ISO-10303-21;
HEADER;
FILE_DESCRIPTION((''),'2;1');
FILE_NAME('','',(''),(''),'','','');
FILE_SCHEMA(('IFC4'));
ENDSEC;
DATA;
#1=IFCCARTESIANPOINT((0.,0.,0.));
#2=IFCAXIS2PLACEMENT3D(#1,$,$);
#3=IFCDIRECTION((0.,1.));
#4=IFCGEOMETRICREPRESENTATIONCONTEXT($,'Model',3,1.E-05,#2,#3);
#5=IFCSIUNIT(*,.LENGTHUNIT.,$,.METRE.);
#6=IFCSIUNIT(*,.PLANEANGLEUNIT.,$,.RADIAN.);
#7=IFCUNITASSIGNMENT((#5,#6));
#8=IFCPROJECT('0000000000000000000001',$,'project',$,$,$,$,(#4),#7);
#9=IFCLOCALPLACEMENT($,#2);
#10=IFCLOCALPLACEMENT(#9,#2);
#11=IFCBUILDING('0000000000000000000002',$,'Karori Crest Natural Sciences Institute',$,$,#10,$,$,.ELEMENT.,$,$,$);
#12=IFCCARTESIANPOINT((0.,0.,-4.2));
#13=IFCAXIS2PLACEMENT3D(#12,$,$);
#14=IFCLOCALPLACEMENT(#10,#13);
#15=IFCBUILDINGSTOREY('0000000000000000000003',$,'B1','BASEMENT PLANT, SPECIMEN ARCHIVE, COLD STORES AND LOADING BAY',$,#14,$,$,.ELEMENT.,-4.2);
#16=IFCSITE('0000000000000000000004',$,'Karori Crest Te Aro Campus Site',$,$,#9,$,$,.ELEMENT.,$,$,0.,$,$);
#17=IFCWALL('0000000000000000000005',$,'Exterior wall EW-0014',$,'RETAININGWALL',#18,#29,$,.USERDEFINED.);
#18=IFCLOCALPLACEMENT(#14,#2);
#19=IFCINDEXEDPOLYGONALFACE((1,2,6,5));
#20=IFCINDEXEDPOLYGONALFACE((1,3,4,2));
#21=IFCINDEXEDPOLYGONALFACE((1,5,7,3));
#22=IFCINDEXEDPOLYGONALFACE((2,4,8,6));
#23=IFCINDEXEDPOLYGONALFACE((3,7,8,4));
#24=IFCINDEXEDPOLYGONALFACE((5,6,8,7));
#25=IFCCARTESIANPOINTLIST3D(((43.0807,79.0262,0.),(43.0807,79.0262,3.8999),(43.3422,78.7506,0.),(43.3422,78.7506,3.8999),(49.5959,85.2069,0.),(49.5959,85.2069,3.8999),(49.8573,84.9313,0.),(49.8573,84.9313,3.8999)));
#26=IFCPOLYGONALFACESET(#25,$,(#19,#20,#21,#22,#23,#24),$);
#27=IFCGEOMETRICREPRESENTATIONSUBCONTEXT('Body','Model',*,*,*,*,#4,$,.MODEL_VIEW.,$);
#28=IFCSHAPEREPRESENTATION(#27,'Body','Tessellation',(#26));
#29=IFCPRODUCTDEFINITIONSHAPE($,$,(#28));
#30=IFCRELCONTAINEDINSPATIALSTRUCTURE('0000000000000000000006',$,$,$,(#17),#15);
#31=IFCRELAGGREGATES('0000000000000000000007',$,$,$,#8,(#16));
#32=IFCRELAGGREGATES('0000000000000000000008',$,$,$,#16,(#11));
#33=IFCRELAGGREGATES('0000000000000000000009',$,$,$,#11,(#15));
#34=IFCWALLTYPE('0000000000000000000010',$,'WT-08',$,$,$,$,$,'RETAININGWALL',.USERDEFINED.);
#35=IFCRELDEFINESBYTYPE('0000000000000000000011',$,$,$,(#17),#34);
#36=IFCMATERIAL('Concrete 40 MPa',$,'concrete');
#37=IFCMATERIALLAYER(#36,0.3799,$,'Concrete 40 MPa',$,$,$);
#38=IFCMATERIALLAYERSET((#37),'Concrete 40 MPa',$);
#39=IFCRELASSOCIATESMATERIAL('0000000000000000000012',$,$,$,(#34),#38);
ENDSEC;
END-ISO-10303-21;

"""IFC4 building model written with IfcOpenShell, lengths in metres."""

from ifc_helpers import new_model, si_unit, direction, frame, frame_2d, origin, place, context, subcontext, project, spatial, rectangle, extrude, material, layer, layer_set, type_object, element, save


model = new_model("IFC4")

# Units and contexts
model_context = context("Model", 3, precision=1e-05, world=origin(), true_north=direction((0.0, 1.0)))
body_context = subcontext(model_context, "Body", "Model", "MODEL_VIEW")
ifc_project = project(units=[si_unit("LENGTHUNIT", "METRE"), si_unit("PLANEANGLEUNIT", "RADIAN")], contexts=[model_context])

# Site, building, storey
site_placement = place(None, origin())
site = spatial("IfcSite", under=ifc_project, at=site_placement, Name="Karori Crest Te Aro Campus Site", CompositionType="ELEMENT", RefElevation=0.0)
building_placement = place(site_placement, origin())
building = spatial("IfcBuilding", under=site, at=building_placement, Name="Karori Crest Natural Sciences Institute", CompositionType="ELEMENT")
storey_placement = place(building_placement, frame((0.0, 0.0, -4.2)))
storey = spatial("IfcBuildingStorey", under=building, at=storey_placement, Name="B1", Description="BASEMENT PLANT, SPECIMEN ARCHIVE, COLD STORES AND LOADING BAY", CompositionType="ELEMENT", Elevation=-4.2)

# Shared definitions
ifc_material_1 = material(Name="Concrete 40 MPa", Category="concrete")

# Wall
ifc_layer_1 = layer(ifc_material_1, 0.3799, Name="Concrete 40 MPa")
ifc_layer_set_1 = layer_set([ifc_layer_1], Name="Concrete 40 MPa")
wall_type_1 = type_object("IfcWallType", Name="WT-08", ElementType="RETAININGWALL", PredefinedType="USERDEFINED", material=ifc_layer_set_1)
wall_1_placement = place(storey_placement, frame((43.2114, 78.8884, 0.0), z_axis=(0.0, 0.0, 1.0), x_axis=(0.725484, 0.688239, 0.0)))
element("IfcWall", 1, at=wall_1_placement, inside=storey, type_object=wall_type_1, Name="Exterior wall EW-0014", ObjectType="RETAININGWALL", PredefinedType="USERDEFINED", context=body_context, shape_type="SweptSolid", body=[
    extrude(rectangle(XDim=8.9805, YDim=0.3799, at=frame_2d((4.4902, 0.0))), origin(), (0.0, 0.0, 1.0), 3.8999),
])

save(model, "model.ifc")
